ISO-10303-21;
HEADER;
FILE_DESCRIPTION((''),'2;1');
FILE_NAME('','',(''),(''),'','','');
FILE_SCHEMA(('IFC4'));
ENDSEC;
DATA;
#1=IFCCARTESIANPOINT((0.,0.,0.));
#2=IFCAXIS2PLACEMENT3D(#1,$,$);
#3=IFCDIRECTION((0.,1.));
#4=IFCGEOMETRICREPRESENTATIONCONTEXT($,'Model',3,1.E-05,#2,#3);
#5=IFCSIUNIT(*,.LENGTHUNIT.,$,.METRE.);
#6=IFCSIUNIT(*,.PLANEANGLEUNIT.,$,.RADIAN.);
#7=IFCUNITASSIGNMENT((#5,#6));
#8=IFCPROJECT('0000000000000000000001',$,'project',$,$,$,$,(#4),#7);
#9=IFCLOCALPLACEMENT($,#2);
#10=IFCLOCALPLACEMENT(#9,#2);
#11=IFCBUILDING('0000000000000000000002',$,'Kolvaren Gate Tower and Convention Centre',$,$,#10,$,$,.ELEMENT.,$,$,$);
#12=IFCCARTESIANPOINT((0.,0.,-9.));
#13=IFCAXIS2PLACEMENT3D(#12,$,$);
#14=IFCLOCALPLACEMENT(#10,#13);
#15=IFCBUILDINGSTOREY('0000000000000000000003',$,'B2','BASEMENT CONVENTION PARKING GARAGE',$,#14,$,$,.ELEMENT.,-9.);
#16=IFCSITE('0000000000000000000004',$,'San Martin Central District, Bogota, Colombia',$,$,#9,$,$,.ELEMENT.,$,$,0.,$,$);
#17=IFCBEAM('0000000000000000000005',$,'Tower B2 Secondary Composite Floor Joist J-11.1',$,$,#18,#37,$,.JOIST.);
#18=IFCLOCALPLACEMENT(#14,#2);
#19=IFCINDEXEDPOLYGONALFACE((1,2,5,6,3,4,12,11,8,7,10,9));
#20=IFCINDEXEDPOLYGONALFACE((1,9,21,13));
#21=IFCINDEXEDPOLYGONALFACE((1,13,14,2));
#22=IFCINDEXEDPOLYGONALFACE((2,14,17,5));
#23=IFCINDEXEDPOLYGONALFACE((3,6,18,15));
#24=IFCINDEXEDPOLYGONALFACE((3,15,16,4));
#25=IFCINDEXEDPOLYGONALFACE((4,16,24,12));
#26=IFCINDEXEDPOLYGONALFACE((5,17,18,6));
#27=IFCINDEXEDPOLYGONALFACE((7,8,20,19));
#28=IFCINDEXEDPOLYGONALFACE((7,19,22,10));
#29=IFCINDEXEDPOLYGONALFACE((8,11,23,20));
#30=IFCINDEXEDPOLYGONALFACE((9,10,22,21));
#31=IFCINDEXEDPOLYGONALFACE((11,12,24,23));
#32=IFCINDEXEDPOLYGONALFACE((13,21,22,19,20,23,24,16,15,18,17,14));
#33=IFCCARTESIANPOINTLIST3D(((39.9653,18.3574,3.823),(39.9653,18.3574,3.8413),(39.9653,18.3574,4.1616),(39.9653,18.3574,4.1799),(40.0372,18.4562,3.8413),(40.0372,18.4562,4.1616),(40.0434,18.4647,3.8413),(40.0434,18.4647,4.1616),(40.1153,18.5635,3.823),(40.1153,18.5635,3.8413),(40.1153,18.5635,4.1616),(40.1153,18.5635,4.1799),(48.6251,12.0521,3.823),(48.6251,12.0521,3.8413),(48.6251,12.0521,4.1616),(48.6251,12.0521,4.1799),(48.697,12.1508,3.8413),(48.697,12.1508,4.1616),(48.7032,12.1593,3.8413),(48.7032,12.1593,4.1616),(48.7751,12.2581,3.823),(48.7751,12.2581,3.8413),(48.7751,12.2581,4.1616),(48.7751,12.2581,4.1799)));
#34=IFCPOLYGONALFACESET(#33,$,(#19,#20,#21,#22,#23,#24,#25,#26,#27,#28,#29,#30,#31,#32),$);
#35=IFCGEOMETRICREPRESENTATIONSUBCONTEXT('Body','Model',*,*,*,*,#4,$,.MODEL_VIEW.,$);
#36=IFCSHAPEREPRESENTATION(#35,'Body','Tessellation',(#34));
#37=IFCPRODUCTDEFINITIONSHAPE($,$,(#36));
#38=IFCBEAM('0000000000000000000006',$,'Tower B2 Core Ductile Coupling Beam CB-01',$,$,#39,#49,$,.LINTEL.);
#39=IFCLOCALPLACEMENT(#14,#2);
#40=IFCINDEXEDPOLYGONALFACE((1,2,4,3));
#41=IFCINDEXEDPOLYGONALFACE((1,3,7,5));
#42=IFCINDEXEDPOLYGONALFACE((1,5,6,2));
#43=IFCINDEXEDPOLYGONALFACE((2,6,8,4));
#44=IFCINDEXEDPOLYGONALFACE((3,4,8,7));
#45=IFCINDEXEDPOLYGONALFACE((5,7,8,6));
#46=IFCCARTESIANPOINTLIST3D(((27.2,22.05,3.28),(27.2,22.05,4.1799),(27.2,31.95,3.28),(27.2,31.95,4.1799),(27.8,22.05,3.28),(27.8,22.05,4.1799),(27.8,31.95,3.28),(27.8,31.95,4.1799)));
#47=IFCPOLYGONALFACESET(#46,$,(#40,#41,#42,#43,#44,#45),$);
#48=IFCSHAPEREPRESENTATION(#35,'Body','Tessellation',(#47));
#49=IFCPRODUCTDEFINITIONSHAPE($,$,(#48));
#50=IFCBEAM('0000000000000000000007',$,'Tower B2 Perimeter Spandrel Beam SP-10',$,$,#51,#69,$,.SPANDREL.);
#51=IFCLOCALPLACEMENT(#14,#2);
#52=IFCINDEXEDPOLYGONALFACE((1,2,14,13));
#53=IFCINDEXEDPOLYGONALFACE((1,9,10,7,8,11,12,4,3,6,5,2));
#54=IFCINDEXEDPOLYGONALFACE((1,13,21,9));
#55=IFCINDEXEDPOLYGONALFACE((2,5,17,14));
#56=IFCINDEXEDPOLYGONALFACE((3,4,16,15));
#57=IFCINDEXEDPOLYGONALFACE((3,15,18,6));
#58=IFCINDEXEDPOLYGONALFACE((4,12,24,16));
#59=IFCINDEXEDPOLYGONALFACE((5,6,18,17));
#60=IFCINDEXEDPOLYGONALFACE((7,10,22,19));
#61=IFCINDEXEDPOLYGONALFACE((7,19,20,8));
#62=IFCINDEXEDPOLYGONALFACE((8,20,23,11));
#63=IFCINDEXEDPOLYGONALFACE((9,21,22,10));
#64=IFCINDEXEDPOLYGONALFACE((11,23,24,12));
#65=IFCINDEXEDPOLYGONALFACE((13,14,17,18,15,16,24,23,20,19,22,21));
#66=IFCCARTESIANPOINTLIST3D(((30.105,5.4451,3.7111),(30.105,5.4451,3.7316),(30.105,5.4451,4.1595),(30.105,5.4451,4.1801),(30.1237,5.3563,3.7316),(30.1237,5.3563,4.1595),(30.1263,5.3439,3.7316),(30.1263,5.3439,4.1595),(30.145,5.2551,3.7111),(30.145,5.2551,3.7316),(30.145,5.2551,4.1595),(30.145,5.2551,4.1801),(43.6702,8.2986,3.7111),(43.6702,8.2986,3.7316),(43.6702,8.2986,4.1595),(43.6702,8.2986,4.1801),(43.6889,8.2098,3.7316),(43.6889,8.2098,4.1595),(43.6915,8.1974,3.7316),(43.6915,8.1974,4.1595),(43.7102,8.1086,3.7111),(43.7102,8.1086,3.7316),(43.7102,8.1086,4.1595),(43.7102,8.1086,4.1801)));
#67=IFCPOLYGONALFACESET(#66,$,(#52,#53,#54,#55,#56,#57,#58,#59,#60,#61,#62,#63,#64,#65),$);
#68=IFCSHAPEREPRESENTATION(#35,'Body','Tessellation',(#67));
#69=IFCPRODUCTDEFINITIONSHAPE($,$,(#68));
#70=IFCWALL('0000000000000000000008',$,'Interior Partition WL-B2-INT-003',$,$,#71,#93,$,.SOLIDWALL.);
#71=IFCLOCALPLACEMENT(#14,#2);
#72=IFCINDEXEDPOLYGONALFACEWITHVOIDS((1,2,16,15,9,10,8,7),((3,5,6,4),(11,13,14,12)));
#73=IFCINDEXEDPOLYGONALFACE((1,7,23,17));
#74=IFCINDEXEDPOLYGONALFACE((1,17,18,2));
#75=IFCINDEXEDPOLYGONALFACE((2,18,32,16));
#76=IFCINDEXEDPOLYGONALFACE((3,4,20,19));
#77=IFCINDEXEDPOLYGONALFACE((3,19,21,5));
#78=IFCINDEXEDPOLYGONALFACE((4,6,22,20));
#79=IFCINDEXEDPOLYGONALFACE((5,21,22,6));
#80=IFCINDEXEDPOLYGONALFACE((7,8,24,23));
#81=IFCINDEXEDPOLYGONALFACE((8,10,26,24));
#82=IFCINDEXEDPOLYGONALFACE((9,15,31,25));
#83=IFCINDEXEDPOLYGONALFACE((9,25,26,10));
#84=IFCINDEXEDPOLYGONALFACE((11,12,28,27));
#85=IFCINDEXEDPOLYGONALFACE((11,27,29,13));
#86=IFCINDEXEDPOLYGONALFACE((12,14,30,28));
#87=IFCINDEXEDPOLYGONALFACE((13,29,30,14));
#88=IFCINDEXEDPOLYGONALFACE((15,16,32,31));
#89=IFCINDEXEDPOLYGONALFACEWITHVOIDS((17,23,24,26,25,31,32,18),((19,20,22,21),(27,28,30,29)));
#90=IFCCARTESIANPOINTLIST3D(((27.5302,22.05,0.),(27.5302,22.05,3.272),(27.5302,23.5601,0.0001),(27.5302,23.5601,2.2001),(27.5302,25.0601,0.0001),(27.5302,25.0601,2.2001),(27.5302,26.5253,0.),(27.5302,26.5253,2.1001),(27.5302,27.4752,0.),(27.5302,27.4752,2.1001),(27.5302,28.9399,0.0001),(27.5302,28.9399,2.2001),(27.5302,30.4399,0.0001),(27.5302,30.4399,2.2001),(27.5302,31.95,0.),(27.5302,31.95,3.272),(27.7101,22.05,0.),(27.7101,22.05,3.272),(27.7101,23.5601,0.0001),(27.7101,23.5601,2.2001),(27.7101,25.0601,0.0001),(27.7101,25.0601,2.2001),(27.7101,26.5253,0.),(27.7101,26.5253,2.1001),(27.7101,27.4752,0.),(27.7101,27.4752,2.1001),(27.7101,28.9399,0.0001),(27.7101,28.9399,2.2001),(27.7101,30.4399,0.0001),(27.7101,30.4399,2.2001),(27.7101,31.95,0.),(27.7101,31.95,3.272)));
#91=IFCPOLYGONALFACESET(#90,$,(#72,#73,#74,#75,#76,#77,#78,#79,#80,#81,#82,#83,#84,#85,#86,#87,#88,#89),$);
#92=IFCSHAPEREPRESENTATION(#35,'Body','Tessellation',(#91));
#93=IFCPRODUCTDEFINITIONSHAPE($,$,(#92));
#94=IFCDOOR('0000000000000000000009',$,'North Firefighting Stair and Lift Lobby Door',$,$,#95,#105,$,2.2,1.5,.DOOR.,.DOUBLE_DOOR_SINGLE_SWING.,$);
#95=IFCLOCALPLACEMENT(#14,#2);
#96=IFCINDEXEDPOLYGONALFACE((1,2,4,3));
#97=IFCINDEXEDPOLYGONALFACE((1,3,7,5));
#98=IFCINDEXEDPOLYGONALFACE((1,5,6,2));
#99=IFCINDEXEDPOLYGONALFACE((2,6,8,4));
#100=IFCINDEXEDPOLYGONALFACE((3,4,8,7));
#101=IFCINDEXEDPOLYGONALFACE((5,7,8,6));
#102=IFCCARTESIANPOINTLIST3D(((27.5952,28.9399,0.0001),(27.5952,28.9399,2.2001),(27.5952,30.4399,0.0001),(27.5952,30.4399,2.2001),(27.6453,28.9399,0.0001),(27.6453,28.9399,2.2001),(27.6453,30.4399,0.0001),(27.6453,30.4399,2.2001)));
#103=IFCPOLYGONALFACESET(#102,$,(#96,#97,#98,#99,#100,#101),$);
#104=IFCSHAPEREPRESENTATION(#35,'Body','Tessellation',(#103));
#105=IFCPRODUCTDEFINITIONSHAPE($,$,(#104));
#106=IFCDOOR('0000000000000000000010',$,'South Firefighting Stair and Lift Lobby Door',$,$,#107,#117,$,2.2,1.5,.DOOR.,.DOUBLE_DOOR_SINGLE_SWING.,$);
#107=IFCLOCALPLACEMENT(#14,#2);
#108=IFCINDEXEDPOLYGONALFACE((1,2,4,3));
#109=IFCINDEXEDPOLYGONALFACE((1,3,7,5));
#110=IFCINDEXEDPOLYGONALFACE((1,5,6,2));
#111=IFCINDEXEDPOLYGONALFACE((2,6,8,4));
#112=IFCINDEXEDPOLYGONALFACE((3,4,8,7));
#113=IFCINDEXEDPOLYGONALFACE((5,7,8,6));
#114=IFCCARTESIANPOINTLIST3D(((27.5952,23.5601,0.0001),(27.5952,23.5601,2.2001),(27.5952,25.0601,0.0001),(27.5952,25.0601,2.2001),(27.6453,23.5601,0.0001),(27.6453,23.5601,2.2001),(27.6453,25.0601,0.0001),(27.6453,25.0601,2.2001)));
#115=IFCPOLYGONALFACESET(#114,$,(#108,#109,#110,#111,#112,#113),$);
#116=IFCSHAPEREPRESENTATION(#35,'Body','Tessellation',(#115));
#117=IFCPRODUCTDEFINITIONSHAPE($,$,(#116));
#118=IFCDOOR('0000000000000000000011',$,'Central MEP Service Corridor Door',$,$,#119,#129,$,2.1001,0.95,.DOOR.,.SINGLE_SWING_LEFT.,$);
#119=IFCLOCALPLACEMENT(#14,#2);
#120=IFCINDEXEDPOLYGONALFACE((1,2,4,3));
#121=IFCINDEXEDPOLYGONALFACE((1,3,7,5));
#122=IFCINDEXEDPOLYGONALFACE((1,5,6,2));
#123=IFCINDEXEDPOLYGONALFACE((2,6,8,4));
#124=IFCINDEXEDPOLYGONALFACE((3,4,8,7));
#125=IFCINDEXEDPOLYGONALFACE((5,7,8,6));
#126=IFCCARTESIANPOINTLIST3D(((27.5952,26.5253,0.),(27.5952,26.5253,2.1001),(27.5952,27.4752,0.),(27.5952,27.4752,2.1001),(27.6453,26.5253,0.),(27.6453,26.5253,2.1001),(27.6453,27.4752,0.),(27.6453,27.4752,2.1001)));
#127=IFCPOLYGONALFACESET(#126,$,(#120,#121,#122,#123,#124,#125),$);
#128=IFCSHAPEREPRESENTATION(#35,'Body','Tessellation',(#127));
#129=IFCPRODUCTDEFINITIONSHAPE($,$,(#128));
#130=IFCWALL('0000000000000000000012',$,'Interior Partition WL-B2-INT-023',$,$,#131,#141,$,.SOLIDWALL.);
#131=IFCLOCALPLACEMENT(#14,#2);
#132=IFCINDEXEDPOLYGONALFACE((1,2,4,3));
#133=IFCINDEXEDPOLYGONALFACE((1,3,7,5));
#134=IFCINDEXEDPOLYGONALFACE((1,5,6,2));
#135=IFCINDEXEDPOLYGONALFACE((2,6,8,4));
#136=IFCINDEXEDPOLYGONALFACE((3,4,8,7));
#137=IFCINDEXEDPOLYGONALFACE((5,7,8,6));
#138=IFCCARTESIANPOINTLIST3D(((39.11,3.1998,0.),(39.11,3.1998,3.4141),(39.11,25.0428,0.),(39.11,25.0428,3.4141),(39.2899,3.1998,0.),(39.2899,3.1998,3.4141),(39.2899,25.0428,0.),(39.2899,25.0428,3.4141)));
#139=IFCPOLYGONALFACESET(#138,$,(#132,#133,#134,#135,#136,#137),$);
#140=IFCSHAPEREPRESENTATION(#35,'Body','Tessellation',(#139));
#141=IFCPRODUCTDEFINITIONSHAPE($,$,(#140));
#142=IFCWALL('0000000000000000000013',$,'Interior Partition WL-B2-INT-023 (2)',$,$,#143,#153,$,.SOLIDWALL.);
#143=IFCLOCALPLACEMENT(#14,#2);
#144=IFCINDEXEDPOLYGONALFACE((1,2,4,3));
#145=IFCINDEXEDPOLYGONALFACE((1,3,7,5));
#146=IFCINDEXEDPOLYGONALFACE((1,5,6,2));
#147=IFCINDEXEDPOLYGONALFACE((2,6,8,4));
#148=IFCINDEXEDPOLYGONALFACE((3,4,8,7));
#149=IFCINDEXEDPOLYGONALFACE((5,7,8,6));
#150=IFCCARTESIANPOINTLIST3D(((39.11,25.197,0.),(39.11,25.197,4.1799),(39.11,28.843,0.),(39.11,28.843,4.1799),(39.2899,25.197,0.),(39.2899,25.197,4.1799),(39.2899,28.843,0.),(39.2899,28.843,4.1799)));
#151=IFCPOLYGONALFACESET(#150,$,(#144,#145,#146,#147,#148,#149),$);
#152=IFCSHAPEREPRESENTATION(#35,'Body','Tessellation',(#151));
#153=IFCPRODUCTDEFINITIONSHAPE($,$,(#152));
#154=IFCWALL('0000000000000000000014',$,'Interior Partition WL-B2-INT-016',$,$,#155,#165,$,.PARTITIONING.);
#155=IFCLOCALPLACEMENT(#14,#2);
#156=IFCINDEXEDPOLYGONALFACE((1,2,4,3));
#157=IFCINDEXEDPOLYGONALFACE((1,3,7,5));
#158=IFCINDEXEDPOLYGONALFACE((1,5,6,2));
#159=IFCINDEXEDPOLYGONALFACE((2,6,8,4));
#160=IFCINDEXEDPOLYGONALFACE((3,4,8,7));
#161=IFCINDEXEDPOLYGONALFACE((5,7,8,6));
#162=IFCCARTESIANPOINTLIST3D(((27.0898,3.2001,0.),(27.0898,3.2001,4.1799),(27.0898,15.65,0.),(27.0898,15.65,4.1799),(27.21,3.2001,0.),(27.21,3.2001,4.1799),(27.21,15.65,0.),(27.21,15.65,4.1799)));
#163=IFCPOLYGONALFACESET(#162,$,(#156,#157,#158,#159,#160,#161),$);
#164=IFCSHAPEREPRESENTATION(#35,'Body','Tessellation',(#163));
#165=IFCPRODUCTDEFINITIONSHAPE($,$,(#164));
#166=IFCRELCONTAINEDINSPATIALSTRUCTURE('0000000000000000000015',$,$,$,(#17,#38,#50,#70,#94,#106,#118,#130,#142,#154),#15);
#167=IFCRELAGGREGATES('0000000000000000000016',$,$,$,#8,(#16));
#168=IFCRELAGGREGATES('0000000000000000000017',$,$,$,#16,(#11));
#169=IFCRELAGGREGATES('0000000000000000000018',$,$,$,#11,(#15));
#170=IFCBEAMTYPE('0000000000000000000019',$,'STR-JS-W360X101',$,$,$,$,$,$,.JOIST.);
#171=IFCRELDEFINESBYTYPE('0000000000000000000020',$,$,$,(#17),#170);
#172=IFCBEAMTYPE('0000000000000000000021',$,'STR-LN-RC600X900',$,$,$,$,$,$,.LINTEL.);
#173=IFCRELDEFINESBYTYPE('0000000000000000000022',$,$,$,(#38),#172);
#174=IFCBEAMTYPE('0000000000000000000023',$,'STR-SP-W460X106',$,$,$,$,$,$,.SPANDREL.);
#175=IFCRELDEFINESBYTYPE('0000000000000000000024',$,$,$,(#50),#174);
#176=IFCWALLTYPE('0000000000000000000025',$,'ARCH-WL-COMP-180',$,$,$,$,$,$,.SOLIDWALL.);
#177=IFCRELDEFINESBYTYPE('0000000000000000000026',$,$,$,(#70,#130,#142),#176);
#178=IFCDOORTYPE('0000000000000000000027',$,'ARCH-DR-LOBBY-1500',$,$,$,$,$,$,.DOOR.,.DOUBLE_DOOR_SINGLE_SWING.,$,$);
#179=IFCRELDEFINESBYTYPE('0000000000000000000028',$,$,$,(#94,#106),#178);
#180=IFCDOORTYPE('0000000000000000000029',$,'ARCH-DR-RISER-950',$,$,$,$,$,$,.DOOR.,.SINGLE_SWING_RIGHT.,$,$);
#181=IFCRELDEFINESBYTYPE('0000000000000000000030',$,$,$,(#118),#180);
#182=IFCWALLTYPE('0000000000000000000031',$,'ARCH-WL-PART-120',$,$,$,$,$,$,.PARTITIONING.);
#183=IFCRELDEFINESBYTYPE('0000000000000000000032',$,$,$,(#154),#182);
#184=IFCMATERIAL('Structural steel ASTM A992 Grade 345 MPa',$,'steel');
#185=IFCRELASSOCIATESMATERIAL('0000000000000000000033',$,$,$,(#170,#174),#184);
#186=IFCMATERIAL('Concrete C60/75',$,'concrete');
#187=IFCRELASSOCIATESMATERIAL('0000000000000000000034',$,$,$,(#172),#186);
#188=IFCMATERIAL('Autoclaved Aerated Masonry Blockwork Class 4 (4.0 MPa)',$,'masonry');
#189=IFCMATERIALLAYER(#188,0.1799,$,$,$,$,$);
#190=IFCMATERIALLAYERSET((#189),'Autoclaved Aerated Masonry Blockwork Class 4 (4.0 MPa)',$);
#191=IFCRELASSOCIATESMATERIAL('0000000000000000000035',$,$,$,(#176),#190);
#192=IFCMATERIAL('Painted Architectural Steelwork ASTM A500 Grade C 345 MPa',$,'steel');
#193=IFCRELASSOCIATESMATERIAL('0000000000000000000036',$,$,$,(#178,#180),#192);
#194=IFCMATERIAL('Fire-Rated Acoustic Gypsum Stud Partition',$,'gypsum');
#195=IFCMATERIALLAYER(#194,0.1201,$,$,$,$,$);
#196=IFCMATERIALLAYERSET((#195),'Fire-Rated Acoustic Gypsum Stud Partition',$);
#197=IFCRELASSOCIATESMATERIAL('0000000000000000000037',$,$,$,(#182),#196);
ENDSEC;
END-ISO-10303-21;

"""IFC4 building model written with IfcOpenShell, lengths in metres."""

from ifc_helpers import new_model, si_unit, direction, frame, frame_2d, origin, origin_2d, place, context, subcontext, project, spatial, rectangle, i_section, extrude, material, layer, layer_set, material_profile, profile_set, type_object, element, fill, save


model = new_model("IFC4")

# Units and contexts
model_context = context("Model", 3, precision=1e-05, world=origin(), true_north=direction((0.0, 1.0)))
body_context = subcontext(model_context, "Body", "Model", "MODEL_VIEW")
ifc_project = project(units=[si_unit("LENGTHUNIT", "METRE"), si_unit("PLANEANGLEUNIT", "RADIAN")], contexts=[model_context])

# Site, building, storey
site_placement = place(None, origin())
site = spatial("IfcSite", under=ifc_project, at=site_placement, Name="San Martin Central District, Bogota, Colombia", CompositionType="ELEMENT", RefElevation=0.0)
building_placement = place(site_placement, origin())
building = spatial("IfcBuilding", under=site, at=building_placement, Name="Kolvaren Gate Tower and Convention Centre", CompositionType="ELEMENT")
storey_placement = place(building_placement, frame((0.0, 0.0, -9.0)))
storey = spatial("IfcBuildingStorey", under=building, at=storey_placement, Name="B2", Description="BASEMENT CONVENTION PARKING GARAGE", CompositionType="ELEMENT", Elevation=-9.0)

# Beams
ifc_material_1 = material(Name="Structural steel ASTM A992 Grade 345 MPa", Category="steel")
ifc_material_profile_1 = material_profile(ifc_material_1, i_section(OverallWidth=0.2549, OverallDepth=0.3569, WebThickness=0.0105, FlangeThickness=0.0183, at=origin_2d()), Name="W360X101")
ifc_profile_set_1 = profile_set([ifc_material_profile_1], Name="Structural steel ASTM A992 Grade 345 MPa")
beam_type_1 = type_object("IfcBeamType", Name="STR-JS-W360X101", PredefinedType="JOIST", material=ifc_profile_set_1)
beam_1_placement = place(storey_placement, frame((40.0403, 18.4604, 4.0015), z_axis=(0.808412, -0.588617, 0.0), x_axis=(0.588617, 0.808412, 0.0)))
element("IfcBeam", 1, at=beam_1_placement, inside=storey, type_object=beam_type_1, Name="Tower B2 Secondary Composite Floor Joist J-11.1", PredefinedType="JOIST", context=body_context, shape_type="SweptSolid", body=[
    extrude(i_section(OverallWidth=0.2549, OverallDepth=0.3569, WebThickness=0.0105, FlangeThickness=0.0183, at=origin_2d()), origin(), (0.0, 0.0, 1.0), 10.7122),
])
ifc_material_2 = material(Name="Concrete C60/75", Category="concrete")
ifc_material_profile_2 = material_profile(ifc_material_2, rectangle(XDim=0.6001, YDim=0.8999, at=origin_2d()), Name="RC-BM-600X900")
ifc_profile_set_2 = profile_set([ifc_material_profile_2], Name="Concrete C60/75")
beam_type_2 = type_object("IfcBeamType", Name="STR-LN-RC600X900", PredefinedType="LINTEL", material=ifc_profile_set_2)
beam_2_placement = place(storey_placement, frame((27.5, 22.05, 3.73), z_axis=(0.0, 1.0, 0.0), x_axis=(-1.0, 0.0, 0.0)))
element("IfcBeam", 2, at=beam_2_placement, inside=storey, type_object=beam_type_2, Name="Tower B2 Core Ductile Coupling Beam CB-01", PredefinedType="LINTEL", context=body_context, shape_type="SweptSolid", body=[
    extrude(rectangle(XDim=0.6001, YDim=0.8999, at=origin_2d()), origin(), (0.0, 0.0, 1.0), 9.8999),
])
ifc_material_profile_3 = material_profile(ifc_material_1, i_section(OverallWidth=0.1941, OverallDepth=0.469, WebThickness=0.0127, FlangeThickness=0.0205, at=origin_2d()), Name="W460X106")
ifc_profile_set_3 = profile_set([ifc_material_profile_3], Name="Structural steel ASTM A992 Grade 345 MPa")
beam_type_3 = type_object("IfcBeamType", Name="STR-SP-W460X106", PredefinedType="SPANDREL", material=ifc_profile_set_3)
beam_3_placement = place(storey_placement, frame((30.125, 5.3501, 3.9456), z_axis=(0.978583, 0.205851, 0.0), x_axis=(-0.205851, 0.978583, 0.0)))
element("IfcBeam", 3, at=beam_3_placement, inside=storey, type_object=beam_type_3, Name="Tower B2 Perimeter Spandrel Beam SP-10", PredefinedType="SPANDREL", context=body_context, shape_type="SweptSolid", body=[
    extrude(i_section(OverallWidth=0.1941, OverallDepth=0.469, WebThickness=0.0127, FlangeThickness=0.0205, at=origin_2d()), origin(), (0.0, 0.0, 1.0), 13.8621),
])

# Wall, openings, doors
ifc_material_3 = material(Name="Autoclaved Aerated Masonry Blockwork Class 4 (4.0 MPa)", Category="masonry")
ifc_layer_1 = layer(ifc_material_3, 0.1799)
ifc_layer_set_1 = layer_set([ifc_layer_1], Name="Autoclaved Aerated Masonry Blockwork Class 4 (4.0 MPa)")
wall_type_1 = type_object("IfcWallType", Name="ARCH-WL-COMP-180", PredefinedType="SOLIDWALL", material=ifc_layer_set_1)
wall_1_placement = place(storey_placement, frame((27.6201, 22.05, 0.0), z_axis=(0.0, 0.0, 1.0), x_axis=(0.0, 1.0, 0.0)))
wall_1 = element("IfcWall", 4, at=wall_1_placement, inside=storey, type_object=wall_type_1, Name="Interior Partition WL-B2-INT-003", PredefinedType="SOLIDWALL", context=body_context, shape_type="SweptSolid", body=[
    extrude(rectangle(XDim=9.8999, YDim=0.1799, at=frame_2d((4.95, 0.0))), origin(), (0.0, 0.0, 1.0), 3.272),
])
opening_1_placement = place(wall_1_placement, frame((4.4751, 0.0, 0.0)))
opening_1 = element("IfcOpeningElement", 5, at=opening_1_placement, cuts=wall_1, PredefinedType="OPENING", context=body_context, shape_type="SweptSolid", body=[
    extrude(rectangle(XDim=0.95, YDim=2.1001, at=frame_2d((0.4751, 1.05))), frame((0.0, 0.0999, 0.0), z_axis=(0.0, -1.0, 0.0), x_axis=(1.0, 0.0, 0.0)), (0.0, 0.0, 1.0), 0.2),
])
opening_2_placement = place(wall_1_placement, frame((6.8899, 0.0, 0.0)))
opening_2 = element("IfcOpeningElement", 6, at=opening_2_placement, cuts=wall_1, PredefinedType="OPENING", context=body_context, shape_type="SweptSolid", body=[
    extrude(rectangle(XDim=1.5, YDim=2.2, at=frame_2d((0.75, 1.1001))), frame((0.0, 0.0999, 0.0), z_axis=(0.0, -1.0, 0.0), x_axis=(1.0, 0.0, 0.0)), (0.0, 0.0, 1.0), 0.2),
])
opening_3_placement = place(wall_1_placement, frame((1.51, 0.0, 0.0)))
opening_3 = element("IfcOpeningElement", 7, at=opening_3_placement, cuts=wall_1, PredefinedType="OPENING", context=body_context, shape_type="SweptSolid", body=[
    extrude(rectangle(XDim=1.5, YDim=2.2, at=frame_2d((0.75, 1.1001))), frame((0.0, 0.0999, 0.0), z_axis=(0.0, -1.0, 0.0), x_axis=(1.0, 0.0, 0.0)), (0.0, 0.0, 1.0), 0.2),
])
ifc_material_4 = material(Name="Painted Architectural Steelwork ASTM A500 Grade C 345 MPa", Category="steel")
door_type_1 = type_object("IfcDoorType", Name="ARCH-DR-LOBBY-1500", OperationType="DOUBLE_DOOR_SINGLE_SWING", PredefinedType="DOOR", material=ifc_material_4)
door_1_placement = place(opening_2_placement, origin())
door_1 = element("IfcDoor", 8, at=door_1_placement, inside=storey, type_object=door_type_1, Name="North Firefighting Stair and Lift Lobby Door", OperationType="DOUBLE_DOOR_SINGLE_SWING", OverallHeight=2.2, OverallWidth=1.5, PredefinedType="DOOR", context=body_context, shape_type="SweptSolid", body=[
    extrude(rectangle(XDim=1.5, YDim=2.2, at=frame_2d((0.75, 1.1001))), frame((0.0, 0.0249, 0.0), z_axis=(0.0, -1.0, 0.0), x_axis=(1.0, 0.0, 0.0)), (0.0, 0.0, 1.0), 0.05),
])
fill(opening_2, door_1)
door_2_placement = place(opening_3_placement, origin())
door_2 = element("IfcDoor", 9, at=door_2_placement, inside=storey, type_object=door_type_1, Name="South Firefighting Stair and Lift Lobby Door", OperationType="DOUBLE_DOOR_SINGLE_SWING", OverallHeight=2.2, OverallWidth=1.5, PredefinedType="DOOR", context=body_context, shape_type="SweptSolid", body=[
    extrude(rectangle(XDim=1.5, YDim=2.2, at=frame_2d((0.75, 1.1001))), frame((0.0, 0.0249, 0.0), z_axis=(0.0, -1.0, 0.0), x_axis=(1.0, 0.0, 0.0)), (0.0, 0.0, 1.0), 0.05),
])
fill(opening_3, door_2)
door_type_2 = type_object("IfcDoorType", Name="ARCH-DR-RISER-950", OperationType="SINGLE_SWING_RIGHT", PredefinedType="DOOR", material=ifc_material_4)
door_3_placement = place(opening_1_placement, origin())
door_3 = element("IfcDoor", 10, at=door_3_placement, inside=storey, type_object=door_type_2, Name="Central MEP Service Corridor Door", OperationType="SINGLE_SWING_LEFT", OverallHeight=2.1001, OverallWidth=0.95, PredefinedType="DOOR", context=body_context, shape_type="SweptSolid", body=[
    extrude(rectangle(XDim=0.95, YDim=2.1001, at=frame_2d((0.4751, 1.05))), frame((0.0, 0.0249, 0.0), z_axis=(0.0, -1.0, 0.0), x_axis=(1.0, 0.0, 0.0)), (0.0, 0.0, 1.0), 0.05),
])
fill(opening_1, door_3)

# Walls
wall_2_placement = place(storey_placement, frame((39.2, 3.2, 0.0), z_axis=(0.0, 0.0, 1.0), x_axis=(0.0, 1.0, 0.0)))
element("IfcWall", 11, at=wall_2_placement, inside=storey, type_object=wall_type_1, Name="Interior Partition WL-B2-INT-023", PredefinedType="SOLIDWALL", context=body_context, shape_type="SweptSolid", body=[
    extrude(rectangle(XDim=21.843, YDim=0.1799, at=frame_2d((10.9214, 0.0))), origin(), (0.0, 0.0, 1.0), 3.4141),
])
wall_3_placement = place(storey_placement, frame((39.2, 25.197, 0.0), z_axis=(0.0, 0.0, 1.0), x_axis=(0.0, 1.0, 0.0)))
element("IfcWall", 12, at=wall_3_placement, inside=storey, type_object=wall_type_1, Name="Interior Partition WL-B2-INT-023 (2)", PredefinedType="SOLIDWALL", context=body_context, shape_type="SweptSolid", body=[
    extrude(rectangle(XDim=3.646, YDim=0.1799, at=frame_2d((1.823, 0.0))), origin(), (0.0, 0.0, 1.0), 4.1799),
])
ifc_material_5 = material(Name="Fire-Rated Acoustic Gypsum Stud Partition", Category="gypsum")
ifc_layer_2 = layer(ifc_material_5, 0.1201)
ifc_layer_set_2 = layer_set([ifc_layer_2], Name="Fire-Rated Acoustic Gypsum Stud Partition")
wall_type_2 = type_object("IfcWallType", Name="ARCH-WL-PART-120", PredefinedType="PARTITIONING", material=ifc_layer_set_2)
wall_4_placement = place(storey_placement, frame((27.1499, 3.2, 0.0), z_axis=(0.0, 0.0, 1.0), x_axis=(0.0, 1.0, 0.0)))
element("IfcWall", 13, at=wall_4_placement, inside=storey, type_object=wall_type_2, Name="Interior Partition WL-B2-INT-016", PredefinedType="PARTITIONING", context=body_context, shape_type="SweptSolid", body=[
    extrude(rectangle(XDim=12.45, YDim=0.1201, at=frame_2d((6.2251, 0.0))), origin(), (0.0, 0.0, 1.0), 4.1799),
])

save(model, "model.ifc")
